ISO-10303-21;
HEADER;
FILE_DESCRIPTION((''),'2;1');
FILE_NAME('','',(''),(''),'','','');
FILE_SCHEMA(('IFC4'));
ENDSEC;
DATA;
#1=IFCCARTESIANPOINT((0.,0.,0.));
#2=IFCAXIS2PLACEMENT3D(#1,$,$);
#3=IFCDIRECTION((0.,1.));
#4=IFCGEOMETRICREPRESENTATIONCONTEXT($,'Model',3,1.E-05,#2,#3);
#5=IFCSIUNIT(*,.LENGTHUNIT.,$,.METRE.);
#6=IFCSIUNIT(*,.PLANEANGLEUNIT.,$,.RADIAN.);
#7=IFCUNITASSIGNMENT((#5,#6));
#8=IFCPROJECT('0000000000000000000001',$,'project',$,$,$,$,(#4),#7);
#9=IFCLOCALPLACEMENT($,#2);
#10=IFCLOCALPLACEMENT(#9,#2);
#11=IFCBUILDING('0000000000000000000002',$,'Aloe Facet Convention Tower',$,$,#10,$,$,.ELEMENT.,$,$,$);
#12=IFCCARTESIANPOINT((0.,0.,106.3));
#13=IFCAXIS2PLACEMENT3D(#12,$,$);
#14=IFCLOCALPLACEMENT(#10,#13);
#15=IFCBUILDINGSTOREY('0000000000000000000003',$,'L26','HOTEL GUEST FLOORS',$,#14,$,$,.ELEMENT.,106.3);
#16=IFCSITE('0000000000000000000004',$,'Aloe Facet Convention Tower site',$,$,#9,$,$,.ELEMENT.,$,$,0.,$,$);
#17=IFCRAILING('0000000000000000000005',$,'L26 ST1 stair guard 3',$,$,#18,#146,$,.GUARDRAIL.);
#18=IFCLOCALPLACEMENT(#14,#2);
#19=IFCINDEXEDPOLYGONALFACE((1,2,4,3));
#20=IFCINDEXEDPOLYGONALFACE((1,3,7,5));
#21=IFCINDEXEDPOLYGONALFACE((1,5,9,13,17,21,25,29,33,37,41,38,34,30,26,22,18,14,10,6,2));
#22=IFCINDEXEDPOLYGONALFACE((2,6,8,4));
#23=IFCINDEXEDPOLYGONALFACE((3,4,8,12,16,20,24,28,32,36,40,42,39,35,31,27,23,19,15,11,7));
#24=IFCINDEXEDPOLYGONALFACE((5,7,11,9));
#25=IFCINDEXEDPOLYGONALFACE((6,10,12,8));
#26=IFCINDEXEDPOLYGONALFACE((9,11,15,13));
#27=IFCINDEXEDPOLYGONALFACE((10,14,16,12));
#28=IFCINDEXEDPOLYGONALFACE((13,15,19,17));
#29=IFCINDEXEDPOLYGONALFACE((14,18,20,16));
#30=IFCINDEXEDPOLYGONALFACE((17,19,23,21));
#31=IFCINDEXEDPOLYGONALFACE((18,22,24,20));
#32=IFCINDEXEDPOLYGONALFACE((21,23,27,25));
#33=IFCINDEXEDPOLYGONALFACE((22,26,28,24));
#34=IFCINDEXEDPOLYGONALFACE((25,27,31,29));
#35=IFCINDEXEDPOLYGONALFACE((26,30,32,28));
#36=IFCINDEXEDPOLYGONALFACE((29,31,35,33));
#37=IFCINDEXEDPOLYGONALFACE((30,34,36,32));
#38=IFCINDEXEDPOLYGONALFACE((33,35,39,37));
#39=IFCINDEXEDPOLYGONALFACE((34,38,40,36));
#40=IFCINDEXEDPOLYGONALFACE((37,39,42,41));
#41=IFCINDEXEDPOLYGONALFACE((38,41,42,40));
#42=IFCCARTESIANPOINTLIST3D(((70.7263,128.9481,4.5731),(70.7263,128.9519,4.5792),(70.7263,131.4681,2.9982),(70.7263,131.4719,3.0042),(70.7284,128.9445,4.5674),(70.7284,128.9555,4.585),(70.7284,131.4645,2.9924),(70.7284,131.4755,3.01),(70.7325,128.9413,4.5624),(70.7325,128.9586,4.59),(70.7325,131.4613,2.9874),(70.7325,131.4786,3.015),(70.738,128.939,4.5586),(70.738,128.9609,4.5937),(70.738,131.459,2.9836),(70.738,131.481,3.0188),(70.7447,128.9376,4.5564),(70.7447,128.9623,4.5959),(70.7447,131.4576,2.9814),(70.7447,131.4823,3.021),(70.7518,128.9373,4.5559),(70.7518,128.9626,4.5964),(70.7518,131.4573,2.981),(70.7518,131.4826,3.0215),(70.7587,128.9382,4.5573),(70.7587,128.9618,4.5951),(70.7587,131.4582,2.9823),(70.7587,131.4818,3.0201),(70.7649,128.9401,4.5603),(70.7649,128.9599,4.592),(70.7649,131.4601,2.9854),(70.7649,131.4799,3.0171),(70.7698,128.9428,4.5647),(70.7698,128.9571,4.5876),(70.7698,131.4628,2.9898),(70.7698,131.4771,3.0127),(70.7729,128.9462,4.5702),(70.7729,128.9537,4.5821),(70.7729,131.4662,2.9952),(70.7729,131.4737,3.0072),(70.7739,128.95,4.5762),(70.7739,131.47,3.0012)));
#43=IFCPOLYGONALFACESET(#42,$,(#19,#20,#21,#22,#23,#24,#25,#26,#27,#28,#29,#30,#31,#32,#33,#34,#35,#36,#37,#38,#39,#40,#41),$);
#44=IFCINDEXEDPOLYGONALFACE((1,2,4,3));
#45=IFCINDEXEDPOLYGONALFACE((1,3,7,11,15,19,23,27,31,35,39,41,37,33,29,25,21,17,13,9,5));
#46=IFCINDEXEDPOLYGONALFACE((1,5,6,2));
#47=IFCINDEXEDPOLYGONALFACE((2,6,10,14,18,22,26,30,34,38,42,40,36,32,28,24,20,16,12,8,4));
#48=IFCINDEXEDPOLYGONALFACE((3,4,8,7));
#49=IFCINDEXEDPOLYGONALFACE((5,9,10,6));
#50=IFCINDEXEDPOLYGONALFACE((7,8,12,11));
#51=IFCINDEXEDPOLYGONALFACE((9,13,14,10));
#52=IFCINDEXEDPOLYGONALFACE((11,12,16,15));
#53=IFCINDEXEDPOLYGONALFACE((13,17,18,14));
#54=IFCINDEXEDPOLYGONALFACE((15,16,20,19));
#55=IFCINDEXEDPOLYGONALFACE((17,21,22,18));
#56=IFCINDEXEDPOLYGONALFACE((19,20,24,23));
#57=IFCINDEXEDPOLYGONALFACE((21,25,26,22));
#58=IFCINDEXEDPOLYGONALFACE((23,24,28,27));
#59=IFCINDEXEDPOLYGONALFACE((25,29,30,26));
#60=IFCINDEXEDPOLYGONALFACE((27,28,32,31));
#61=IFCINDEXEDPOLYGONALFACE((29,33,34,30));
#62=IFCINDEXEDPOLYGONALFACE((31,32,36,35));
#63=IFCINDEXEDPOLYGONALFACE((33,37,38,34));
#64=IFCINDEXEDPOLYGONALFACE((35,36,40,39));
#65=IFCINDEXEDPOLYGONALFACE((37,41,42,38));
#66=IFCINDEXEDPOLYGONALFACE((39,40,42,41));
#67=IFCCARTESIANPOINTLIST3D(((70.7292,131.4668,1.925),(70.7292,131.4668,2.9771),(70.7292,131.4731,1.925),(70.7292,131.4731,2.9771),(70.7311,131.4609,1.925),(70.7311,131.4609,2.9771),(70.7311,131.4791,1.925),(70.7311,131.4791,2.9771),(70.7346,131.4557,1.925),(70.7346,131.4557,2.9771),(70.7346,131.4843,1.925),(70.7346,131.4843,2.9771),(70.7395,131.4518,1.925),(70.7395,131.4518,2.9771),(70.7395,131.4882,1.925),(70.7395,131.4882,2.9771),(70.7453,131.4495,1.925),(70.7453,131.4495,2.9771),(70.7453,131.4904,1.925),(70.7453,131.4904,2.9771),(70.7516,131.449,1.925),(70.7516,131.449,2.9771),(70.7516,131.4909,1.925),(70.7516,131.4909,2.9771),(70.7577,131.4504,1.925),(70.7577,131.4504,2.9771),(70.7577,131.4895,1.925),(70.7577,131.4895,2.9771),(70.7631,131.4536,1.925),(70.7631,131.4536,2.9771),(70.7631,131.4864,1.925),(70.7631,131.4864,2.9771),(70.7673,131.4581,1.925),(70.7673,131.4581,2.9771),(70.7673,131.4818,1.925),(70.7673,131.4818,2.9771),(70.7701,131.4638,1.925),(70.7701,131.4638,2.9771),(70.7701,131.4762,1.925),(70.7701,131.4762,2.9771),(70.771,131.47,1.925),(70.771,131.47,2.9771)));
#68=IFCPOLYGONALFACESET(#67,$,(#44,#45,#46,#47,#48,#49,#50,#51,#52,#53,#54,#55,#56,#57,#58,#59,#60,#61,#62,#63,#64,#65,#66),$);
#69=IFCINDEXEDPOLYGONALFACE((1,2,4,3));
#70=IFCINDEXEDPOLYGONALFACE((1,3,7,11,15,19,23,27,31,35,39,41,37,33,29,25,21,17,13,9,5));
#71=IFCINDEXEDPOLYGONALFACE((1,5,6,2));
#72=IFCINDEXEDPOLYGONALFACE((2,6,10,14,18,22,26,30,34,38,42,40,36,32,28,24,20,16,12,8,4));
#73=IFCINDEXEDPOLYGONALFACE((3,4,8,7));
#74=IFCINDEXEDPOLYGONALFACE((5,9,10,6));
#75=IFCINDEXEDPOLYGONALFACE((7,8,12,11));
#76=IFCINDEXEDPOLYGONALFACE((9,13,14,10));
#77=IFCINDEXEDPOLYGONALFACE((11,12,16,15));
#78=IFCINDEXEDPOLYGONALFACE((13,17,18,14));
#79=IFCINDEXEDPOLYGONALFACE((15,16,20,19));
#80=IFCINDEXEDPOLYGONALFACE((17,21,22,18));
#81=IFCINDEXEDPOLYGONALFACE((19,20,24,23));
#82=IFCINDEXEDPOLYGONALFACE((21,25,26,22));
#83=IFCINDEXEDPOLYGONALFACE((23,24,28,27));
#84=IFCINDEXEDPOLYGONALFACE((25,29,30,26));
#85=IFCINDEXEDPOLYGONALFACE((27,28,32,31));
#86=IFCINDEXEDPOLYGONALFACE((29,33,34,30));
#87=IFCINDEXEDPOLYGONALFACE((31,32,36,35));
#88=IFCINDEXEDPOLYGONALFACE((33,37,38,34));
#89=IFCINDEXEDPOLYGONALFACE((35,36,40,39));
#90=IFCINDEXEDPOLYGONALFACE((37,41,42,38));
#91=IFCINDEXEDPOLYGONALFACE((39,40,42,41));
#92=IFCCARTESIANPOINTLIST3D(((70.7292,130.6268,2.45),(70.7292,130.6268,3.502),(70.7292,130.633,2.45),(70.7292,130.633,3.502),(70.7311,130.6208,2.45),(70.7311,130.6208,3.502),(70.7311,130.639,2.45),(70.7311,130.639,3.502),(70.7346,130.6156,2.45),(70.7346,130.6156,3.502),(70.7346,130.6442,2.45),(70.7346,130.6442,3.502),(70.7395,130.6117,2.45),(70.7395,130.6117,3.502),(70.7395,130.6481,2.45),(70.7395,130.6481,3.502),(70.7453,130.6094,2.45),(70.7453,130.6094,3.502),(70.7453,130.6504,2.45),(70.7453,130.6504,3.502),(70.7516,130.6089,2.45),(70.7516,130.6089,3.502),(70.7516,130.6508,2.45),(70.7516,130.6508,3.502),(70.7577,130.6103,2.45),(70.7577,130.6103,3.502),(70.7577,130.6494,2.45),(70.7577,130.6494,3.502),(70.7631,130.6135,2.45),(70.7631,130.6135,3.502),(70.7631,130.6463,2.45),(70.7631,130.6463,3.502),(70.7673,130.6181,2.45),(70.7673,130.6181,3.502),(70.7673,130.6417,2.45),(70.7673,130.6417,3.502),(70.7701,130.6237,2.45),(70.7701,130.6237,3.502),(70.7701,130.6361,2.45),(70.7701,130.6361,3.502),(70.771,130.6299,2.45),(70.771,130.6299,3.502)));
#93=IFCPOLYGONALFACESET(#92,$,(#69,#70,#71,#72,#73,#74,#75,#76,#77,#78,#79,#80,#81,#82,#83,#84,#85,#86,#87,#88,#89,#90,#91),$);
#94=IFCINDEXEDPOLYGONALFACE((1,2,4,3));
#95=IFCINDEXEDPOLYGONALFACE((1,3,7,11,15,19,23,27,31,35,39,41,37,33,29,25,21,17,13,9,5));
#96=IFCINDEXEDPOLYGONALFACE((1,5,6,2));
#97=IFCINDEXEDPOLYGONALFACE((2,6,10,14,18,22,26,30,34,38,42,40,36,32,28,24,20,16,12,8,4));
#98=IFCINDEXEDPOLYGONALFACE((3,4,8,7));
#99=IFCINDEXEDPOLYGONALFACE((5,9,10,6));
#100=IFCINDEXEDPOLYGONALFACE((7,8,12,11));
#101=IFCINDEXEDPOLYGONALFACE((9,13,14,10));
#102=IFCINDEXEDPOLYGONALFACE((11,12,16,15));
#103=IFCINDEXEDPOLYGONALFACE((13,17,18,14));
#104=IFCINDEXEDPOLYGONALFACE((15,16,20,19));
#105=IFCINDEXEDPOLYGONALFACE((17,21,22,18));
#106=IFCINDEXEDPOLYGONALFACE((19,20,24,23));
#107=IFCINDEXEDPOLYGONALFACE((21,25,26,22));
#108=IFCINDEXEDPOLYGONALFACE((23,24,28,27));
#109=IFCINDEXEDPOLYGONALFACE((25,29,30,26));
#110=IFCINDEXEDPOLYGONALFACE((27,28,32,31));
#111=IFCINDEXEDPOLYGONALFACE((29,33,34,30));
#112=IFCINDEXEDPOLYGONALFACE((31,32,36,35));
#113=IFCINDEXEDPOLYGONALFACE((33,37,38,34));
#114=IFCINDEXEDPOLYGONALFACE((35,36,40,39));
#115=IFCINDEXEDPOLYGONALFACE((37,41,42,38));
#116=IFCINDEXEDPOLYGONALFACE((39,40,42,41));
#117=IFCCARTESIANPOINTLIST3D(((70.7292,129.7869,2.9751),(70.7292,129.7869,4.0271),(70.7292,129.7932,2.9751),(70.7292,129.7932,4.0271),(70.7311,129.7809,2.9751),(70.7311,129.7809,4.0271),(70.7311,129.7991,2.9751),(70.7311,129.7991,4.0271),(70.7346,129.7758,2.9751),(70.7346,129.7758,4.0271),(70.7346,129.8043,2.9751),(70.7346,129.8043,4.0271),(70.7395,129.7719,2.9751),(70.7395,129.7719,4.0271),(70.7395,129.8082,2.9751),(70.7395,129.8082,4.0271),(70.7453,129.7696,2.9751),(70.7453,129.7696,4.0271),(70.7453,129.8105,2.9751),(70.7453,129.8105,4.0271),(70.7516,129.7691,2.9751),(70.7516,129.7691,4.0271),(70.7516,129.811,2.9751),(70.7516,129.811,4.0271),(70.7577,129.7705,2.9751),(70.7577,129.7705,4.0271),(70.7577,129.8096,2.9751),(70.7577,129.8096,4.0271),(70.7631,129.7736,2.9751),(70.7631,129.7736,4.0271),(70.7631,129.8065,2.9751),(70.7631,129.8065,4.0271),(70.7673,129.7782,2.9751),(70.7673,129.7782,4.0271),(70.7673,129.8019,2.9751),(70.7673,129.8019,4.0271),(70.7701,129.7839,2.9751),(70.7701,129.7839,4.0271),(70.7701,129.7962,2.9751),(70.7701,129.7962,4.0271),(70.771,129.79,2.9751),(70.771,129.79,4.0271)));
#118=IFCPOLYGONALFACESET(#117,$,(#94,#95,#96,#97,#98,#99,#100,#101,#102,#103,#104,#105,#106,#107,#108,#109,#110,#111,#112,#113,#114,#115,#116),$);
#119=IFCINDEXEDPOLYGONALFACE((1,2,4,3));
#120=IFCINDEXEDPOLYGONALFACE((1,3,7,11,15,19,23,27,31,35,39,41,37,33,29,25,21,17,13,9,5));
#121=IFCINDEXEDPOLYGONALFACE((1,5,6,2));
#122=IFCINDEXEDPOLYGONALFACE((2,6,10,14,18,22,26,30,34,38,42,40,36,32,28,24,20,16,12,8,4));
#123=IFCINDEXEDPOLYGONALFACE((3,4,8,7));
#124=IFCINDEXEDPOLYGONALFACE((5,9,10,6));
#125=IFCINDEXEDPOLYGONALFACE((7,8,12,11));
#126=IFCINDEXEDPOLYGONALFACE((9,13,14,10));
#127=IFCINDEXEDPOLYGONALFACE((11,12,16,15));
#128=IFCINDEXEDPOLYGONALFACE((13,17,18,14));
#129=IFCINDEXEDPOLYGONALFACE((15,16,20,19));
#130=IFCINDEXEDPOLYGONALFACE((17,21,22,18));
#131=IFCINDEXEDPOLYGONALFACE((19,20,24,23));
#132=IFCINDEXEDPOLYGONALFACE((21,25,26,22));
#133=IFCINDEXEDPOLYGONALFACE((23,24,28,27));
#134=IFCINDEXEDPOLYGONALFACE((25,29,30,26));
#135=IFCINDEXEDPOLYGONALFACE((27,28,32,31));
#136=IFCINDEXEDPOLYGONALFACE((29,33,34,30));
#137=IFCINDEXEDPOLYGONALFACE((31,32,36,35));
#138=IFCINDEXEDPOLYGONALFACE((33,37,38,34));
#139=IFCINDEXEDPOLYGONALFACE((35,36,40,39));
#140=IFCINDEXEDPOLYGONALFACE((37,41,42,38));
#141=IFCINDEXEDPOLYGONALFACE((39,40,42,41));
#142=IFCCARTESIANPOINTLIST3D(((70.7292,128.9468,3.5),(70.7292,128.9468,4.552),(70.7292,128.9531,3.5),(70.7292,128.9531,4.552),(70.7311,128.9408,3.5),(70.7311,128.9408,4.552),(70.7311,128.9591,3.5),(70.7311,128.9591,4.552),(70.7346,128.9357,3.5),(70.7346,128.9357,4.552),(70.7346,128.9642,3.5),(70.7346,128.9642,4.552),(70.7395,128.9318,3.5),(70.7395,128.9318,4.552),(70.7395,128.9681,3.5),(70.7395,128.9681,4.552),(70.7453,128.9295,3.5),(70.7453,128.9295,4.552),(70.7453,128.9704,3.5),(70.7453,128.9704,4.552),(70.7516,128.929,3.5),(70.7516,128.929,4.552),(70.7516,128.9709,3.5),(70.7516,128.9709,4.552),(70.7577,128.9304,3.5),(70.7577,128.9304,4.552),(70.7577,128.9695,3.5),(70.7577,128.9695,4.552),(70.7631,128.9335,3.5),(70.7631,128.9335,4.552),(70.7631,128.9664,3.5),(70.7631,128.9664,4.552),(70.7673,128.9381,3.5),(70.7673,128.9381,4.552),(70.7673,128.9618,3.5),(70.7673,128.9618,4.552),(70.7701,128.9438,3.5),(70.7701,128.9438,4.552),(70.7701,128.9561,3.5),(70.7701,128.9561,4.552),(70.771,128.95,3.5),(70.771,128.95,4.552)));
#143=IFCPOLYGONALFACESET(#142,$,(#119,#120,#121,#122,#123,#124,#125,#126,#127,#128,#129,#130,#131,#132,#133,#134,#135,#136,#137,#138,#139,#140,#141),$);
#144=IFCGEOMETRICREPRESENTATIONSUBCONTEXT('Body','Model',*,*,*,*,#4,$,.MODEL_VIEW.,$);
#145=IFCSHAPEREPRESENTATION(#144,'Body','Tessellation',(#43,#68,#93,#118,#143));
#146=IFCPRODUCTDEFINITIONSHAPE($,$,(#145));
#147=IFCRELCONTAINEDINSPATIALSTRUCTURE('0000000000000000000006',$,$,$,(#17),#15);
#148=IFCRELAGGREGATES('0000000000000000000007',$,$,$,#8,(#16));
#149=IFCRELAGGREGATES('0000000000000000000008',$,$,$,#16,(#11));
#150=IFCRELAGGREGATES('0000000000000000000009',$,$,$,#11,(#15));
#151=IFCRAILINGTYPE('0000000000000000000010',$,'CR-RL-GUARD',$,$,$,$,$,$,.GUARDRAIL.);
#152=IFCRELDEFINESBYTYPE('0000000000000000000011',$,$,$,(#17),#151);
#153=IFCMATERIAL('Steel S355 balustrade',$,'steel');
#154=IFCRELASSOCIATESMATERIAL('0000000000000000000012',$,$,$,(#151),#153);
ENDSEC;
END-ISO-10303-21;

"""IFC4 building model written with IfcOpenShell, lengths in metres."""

from ifc_helpers import new_model, si_unit, direction, frame, origin, origin_2d, place, context, subcontext, project, spatial, circle, extrude, material, type_object, element, save


model = new_model("IFC4")

# Units and contexts
model_context = context("Model", 3, precision=1e-05, world=origin(), true_north=direction((0.0, 1.0)))
body_context = subcontext(model_context, "Body", "Model", "MODEL_VIEW")
ifc_project = project(units=[si_unit("LENGTHUNIT", "METRE"), si_unit("PLANEANGLEUNIT", "RADIAN")], contexts=[model_context])

# Site, building, storey
site_placement = place(None, origin())
site = spatial("IfcSite", under=ifc_project, at=site_placement, Name="Aloe Facet Convention Tower site", CompositionType="ELEMENT", RefElevation=0.0)
building_placement = place(site_placement, origin())
building = spatial("IfcBuilding", under=site, at=building_placement, Name="Aloe Facet Convention Tower", CompositionType="ELEMENT")
storey_placement = place(building_placement, frame((0.0, 0.0, 106.3)))
storey = spatial("IfcBuildingStorey", under=building, at=storey_placement, Name="L26", Description="HOTEL GUEST FLOORS", CompositionType="ELEMENT", Elevation=106.3)

# Railing
ifc_material_1 = material(Name="Steel S355 balustrade", Category="steel")
railing_type_1 = type_object("IfcRailingType", Name="CR-RL-GUARD", PredefinedType="GUARDRAIL", material=ifc_material_1)
railing_1_placement = place(storey_placement, frame((70.75, 131.47, 1.925)))
element("IfcRailing", 1, at=railing_1_placement, inside=storey, type_object=railing_type_1, Name="L26 ST1 stair guard 3", PredefinedType="GUARDRAIL", context=body_context, shape_type="SweptSolid", body=[
    extrude(circle(Radius=0.0239, at=origin_2d()), frame((0.0, 0.0, 1.0762), z_axis=(0.0, -0.848008, 0.529984), x_axis=(1.0, 0.0, 0.0)), (0.0, 0.0, 1.0), 2.9717),
    extrude(circle(Radius=0.021, at=origin_2d()), origin(), (0.0, 0.0, 1.0), 1.052),
    extrude(circle(Radius=0.021, at=origin_2d()), frame((0.0, -0.8401, 0.5249)), (0.0, 0.0, 1.0), 1.052),
    extrude(circle(Radius=0.021, at=origin_2d()), frame((0.0, -1.6799, 1.05)), (0.0, 0.0, 1.0), 1.052),
    extrude(circle(Radius=0.021, at=origin_2d()), frame((0.0, -2.52, 1.575)), (0.0, 0.0, 1.0), 1.052),
])

save(model, "model.ifc")
